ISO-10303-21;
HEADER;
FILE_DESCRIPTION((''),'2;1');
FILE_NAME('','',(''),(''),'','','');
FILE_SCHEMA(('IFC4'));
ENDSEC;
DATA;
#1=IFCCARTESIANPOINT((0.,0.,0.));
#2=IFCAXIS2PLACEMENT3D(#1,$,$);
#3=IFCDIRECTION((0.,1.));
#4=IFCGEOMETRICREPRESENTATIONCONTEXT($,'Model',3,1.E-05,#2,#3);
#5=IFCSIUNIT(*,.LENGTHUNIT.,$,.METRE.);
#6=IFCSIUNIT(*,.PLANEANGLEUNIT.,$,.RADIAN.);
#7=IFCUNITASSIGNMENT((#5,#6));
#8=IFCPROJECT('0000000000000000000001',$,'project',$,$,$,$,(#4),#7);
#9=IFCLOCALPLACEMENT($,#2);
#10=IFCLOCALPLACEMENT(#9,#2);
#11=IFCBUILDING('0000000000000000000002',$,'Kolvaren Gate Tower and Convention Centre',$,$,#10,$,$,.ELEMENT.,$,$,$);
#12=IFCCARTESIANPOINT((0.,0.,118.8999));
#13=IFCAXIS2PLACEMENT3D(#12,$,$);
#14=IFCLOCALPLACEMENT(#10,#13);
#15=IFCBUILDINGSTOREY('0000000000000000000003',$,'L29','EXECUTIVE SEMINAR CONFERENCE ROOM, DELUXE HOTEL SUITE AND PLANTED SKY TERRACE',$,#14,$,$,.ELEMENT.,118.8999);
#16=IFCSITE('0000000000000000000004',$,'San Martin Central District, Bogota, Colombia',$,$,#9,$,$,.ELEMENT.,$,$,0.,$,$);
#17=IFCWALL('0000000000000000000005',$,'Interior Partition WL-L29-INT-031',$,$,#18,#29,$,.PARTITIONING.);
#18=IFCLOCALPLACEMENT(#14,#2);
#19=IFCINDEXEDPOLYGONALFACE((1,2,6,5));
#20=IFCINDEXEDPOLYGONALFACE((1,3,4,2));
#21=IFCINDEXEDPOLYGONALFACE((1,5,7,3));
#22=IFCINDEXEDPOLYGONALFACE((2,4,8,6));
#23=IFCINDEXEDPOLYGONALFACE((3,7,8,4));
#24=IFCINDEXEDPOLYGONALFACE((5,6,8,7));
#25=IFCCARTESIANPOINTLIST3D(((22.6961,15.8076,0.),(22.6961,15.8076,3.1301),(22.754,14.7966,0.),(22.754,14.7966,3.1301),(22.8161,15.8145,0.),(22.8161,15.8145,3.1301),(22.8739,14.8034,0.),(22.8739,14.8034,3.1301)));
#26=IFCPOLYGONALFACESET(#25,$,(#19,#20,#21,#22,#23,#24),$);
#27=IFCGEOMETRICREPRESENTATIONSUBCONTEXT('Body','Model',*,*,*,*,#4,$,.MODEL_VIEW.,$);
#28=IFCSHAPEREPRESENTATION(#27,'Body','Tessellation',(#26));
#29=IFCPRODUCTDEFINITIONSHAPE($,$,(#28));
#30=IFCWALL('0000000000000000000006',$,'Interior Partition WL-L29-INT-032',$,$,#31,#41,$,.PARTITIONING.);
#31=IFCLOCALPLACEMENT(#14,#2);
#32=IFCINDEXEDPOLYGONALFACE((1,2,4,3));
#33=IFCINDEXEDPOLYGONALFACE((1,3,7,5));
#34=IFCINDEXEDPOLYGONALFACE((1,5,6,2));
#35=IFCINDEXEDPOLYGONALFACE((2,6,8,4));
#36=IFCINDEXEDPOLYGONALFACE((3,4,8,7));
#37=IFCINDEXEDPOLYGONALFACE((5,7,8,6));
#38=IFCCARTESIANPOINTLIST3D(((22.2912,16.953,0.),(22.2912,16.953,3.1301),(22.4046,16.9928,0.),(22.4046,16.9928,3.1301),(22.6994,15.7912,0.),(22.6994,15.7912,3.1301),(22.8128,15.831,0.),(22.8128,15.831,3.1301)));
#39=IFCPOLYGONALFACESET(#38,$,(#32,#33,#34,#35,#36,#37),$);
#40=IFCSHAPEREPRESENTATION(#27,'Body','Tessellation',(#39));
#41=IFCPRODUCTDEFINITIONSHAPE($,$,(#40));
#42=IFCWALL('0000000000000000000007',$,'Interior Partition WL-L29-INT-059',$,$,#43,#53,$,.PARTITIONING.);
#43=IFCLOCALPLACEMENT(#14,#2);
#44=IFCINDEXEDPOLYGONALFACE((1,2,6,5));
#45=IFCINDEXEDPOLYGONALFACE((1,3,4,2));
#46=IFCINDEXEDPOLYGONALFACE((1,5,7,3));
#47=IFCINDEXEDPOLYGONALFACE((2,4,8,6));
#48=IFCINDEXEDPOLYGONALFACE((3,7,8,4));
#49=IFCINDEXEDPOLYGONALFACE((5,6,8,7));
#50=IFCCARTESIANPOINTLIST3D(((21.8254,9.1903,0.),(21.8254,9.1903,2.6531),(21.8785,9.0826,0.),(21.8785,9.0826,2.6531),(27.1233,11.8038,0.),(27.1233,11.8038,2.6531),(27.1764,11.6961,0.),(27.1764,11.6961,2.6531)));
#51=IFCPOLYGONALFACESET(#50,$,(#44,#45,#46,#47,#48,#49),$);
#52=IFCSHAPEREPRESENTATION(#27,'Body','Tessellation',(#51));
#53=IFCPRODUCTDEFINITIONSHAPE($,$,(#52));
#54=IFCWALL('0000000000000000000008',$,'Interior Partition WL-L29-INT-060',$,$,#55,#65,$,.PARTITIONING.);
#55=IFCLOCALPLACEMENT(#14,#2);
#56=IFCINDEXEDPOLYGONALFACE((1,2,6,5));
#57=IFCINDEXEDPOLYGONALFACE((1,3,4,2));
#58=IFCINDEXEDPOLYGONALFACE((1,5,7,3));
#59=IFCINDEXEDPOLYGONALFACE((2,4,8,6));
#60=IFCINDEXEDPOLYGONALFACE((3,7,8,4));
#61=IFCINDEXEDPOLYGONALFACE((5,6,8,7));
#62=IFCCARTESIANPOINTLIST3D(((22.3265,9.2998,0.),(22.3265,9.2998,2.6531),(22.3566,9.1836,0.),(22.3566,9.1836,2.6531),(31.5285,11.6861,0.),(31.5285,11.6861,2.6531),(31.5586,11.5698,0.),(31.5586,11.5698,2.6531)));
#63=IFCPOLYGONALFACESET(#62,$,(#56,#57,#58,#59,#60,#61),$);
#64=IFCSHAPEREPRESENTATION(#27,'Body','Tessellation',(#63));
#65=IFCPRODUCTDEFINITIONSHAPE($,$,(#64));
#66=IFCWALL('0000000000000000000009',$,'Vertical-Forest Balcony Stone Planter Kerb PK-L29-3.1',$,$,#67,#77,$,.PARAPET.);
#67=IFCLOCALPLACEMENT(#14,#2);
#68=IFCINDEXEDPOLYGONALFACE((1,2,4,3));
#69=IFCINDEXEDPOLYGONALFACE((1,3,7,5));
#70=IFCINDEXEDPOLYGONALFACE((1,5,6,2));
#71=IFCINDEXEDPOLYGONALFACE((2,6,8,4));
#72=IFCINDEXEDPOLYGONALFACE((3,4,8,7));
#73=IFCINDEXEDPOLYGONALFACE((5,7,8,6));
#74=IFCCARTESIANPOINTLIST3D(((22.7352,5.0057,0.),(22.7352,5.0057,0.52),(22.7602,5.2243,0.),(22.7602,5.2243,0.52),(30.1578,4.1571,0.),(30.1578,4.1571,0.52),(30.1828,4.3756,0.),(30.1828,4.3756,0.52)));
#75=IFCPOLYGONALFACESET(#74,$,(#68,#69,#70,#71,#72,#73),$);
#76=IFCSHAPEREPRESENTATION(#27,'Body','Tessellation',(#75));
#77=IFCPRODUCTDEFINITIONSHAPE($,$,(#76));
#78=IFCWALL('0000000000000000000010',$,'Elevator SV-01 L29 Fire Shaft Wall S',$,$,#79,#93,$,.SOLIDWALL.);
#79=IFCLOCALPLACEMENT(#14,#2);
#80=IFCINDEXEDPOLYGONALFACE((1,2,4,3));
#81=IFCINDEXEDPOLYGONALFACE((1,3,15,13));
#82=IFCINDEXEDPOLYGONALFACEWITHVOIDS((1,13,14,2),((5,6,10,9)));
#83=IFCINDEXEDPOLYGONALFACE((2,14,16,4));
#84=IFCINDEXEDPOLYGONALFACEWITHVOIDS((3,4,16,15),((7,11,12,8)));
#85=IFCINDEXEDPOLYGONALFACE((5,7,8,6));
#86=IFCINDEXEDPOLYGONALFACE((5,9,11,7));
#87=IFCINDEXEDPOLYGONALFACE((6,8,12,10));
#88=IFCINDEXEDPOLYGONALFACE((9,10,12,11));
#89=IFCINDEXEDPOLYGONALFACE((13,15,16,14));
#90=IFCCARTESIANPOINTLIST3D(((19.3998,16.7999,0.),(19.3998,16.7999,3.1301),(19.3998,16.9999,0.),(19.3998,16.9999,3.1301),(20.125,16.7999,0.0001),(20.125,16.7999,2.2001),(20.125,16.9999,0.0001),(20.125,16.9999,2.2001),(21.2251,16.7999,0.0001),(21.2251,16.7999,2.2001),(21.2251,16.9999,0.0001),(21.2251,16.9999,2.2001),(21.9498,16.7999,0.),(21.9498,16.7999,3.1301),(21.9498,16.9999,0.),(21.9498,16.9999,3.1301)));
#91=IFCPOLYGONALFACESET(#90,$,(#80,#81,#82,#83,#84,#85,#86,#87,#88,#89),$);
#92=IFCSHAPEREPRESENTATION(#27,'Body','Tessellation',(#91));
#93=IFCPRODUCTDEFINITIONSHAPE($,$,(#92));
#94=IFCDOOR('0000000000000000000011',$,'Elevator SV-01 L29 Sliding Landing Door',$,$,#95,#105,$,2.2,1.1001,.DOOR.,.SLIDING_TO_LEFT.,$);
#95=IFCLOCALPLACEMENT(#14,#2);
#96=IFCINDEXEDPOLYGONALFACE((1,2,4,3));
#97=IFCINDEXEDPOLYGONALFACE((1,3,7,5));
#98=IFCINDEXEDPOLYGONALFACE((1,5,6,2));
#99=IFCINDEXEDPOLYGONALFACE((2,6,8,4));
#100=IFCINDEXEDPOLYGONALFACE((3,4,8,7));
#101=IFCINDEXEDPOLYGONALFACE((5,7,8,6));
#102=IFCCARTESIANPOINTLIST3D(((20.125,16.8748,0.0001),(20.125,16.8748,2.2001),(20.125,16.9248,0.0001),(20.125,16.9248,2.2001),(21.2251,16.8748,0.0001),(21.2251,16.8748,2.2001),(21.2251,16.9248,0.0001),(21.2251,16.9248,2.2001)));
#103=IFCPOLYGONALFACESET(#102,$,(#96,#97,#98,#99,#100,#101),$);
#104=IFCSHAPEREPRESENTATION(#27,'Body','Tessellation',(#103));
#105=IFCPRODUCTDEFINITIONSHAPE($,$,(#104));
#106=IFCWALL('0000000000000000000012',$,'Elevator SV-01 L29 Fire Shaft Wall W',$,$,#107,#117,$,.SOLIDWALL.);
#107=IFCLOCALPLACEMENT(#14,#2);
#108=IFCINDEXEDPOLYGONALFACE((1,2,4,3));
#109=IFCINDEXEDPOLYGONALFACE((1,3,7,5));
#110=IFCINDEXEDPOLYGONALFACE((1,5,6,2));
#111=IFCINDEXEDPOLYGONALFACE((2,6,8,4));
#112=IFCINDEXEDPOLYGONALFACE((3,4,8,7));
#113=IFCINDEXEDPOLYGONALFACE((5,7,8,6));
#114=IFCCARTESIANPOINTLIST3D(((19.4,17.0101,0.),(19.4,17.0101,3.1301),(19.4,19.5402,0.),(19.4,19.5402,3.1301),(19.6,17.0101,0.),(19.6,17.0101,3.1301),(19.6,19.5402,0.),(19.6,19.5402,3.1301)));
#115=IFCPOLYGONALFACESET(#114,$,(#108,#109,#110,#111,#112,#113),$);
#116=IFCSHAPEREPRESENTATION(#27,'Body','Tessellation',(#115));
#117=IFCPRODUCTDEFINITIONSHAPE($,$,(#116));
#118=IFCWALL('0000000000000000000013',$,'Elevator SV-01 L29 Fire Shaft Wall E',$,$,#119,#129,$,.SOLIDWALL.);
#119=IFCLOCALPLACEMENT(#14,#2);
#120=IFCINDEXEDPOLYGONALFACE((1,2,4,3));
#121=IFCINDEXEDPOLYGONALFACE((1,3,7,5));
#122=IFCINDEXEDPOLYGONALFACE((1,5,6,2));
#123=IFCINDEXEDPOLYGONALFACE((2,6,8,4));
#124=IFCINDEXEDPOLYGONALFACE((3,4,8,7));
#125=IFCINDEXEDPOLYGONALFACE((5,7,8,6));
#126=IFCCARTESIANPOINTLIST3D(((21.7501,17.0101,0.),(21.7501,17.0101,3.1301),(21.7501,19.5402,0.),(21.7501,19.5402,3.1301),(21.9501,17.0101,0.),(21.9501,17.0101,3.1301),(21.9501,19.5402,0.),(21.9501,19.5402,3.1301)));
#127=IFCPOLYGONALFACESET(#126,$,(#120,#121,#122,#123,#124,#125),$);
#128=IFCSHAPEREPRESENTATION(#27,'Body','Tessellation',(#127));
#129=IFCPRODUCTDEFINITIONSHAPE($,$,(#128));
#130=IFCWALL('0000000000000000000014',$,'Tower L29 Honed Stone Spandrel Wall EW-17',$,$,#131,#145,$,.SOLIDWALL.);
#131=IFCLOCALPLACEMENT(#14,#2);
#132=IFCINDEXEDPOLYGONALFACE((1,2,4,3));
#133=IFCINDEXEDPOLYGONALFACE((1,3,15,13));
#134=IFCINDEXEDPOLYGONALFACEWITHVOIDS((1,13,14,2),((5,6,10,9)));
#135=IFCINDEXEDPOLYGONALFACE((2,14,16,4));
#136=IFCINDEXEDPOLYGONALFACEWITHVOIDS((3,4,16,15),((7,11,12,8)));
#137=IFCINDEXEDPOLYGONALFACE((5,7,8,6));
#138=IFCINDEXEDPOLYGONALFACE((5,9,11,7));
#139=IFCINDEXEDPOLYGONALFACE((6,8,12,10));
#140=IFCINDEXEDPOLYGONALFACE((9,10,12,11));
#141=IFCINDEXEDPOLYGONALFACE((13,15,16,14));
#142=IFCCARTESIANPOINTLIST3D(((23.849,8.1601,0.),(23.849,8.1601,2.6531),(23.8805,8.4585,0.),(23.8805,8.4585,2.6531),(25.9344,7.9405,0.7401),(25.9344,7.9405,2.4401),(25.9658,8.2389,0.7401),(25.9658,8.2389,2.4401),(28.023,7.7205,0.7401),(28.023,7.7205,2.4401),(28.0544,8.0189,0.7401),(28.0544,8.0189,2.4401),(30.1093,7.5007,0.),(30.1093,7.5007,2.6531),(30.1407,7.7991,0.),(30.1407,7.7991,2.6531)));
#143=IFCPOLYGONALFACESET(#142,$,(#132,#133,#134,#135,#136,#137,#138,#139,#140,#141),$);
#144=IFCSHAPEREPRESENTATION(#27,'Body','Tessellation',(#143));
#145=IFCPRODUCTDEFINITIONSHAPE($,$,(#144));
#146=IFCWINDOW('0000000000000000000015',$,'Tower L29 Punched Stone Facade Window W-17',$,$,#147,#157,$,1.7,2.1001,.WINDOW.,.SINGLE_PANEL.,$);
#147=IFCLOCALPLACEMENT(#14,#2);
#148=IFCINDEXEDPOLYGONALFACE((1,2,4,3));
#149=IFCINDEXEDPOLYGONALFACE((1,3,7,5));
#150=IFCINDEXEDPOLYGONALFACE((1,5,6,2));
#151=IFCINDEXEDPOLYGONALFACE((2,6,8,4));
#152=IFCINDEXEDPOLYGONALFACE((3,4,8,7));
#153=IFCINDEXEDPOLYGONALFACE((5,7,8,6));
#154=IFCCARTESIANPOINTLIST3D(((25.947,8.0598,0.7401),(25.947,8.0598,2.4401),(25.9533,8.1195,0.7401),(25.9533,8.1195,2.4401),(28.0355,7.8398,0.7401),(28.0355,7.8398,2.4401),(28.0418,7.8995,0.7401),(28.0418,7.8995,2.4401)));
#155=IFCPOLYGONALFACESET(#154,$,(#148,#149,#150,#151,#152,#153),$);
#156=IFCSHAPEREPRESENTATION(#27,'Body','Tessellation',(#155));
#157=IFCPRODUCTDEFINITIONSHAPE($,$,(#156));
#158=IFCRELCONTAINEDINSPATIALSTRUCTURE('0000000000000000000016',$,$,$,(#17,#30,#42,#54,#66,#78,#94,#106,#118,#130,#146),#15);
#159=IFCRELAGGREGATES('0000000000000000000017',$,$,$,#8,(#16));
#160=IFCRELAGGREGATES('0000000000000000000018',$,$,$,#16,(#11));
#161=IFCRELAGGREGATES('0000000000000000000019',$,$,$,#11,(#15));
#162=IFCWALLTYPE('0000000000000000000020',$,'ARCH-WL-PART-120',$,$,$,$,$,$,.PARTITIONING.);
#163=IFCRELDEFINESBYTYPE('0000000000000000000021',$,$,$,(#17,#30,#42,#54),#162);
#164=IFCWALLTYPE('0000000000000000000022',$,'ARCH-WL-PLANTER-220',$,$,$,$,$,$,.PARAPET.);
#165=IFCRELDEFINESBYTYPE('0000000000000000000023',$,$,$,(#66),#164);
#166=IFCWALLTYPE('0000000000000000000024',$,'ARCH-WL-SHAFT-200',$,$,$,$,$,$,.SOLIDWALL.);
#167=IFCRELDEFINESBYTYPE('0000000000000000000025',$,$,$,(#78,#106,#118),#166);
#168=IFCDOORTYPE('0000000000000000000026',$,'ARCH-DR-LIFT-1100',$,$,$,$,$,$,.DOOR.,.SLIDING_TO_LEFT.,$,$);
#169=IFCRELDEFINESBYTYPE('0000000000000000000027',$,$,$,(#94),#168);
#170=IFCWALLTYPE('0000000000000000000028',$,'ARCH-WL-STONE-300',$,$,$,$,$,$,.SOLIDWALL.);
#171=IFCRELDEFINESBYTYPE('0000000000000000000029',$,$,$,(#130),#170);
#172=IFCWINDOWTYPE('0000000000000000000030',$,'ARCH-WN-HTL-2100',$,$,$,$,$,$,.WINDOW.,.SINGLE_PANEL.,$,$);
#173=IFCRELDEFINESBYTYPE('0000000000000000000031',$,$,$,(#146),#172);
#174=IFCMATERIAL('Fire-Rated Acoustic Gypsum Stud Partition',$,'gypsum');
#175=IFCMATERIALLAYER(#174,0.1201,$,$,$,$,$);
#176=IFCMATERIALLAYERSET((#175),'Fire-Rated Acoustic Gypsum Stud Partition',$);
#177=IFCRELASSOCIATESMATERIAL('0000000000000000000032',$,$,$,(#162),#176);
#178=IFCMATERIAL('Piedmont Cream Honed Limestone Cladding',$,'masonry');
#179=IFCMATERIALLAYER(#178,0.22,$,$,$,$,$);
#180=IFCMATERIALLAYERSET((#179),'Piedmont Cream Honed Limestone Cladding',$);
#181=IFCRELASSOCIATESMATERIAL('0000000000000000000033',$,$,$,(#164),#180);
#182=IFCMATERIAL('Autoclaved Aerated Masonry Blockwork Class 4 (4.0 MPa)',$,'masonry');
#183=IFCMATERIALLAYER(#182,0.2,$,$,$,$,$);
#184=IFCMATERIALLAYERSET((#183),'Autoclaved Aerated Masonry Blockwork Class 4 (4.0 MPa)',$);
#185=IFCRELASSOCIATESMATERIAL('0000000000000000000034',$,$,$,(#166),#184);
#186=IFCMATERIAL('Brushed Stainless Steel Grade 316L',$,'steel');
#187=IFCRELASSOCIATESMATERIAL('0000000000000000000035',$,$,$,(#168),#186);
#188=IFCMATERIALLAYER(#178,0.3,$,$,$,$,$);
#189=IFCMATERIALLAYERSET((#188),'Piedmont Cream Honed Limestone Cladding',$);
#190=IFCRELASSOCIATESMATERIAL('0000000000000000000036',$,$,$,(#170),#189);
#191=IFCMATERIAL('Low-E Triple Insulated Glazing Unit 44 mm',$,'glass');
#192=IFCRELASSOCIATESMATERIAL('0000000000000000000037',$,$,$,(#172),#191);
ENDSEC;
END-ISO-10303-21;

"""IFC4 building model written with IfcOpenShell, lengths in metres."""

from ifc_helpers import new_model, si_unit, direction, frame, frame_2d, origin, place, context, subcontext, project, spatial, rectangle, extrude, material, layer, layer_set, type_object, element, fill, save


model = new_model("IFC4")

# Units and contexts
model_context = context("Model", 3, precision=1e-05, world=origin(), true_north=direction((0.0, 1.0)))
body_context = subcontext(model_context, "Body", "Model", "MODEL_VIEW")
ifc_project = project(units=[si_unit("LENGTHUNIT", "METRE"), si_unit("PLANEANGLEUNIT", "RADIAN")], contexts=[model_context])

# Site, building, storey
site_placement = place(None, origin())
site = spatial("IfcSite", under=ifc_project, at=site_placement, Name="San Martin Central District, Bogota, Colombia", CompositionType="ELEMENT", RefElevation=0.0)
building_placement = place(site_placement, origin())
building = spatial("IfcBuilding", under=site, at=building_placement, Name="Kolvaren Gate Tower and Convention Centre", CompositionType="ELEMENT")
storey_placement = place(building_placement, frame((0.0, 0.0, 118.8999)))
storey = spatial("IfcBuildingStorey", under=building, at=storey_placement, Name="L29", Description="EXECUTIVE SEMINAR CONFERENCE ROOM, DELUXE HOTEL SUITE AND PLANTED SKY TERRACE", CompositionType="ELEMENT", Elevation=118.8999)

# Shared definitions
ifc_material_1 = material(Name="Fire-Rated Acoustic Gypsum Stud Partition", Category="gypsum")
ifc_layer_1 = layer(ifc_material_1, 0.1201)
ifc_layer_set_1 = layer_set([ifc_layer_1], Name="Fire-Rated Acoustic Gypsum Stud Partition")
wall_type_1 = type_object("IfcWallType", Name="ARCH-WL-PART-120", PredefinedType="PARTITIONING", material=ifc_layer_set_1)

# Walls
wall_1_placement = place(storey_placement, frame((22.7561, 15.811, 0.0), z_axis=(0.0, 0.0, 1.0), x_axis=(0.057139, -0.998366, 0.0)))
element("IfcWall", 1, at=wall_1_placement, inside=storey, type_object=wall_type_1, Name="Interior Partition WL-L29-INT-031", PredefinedType="PARTITIONING", context=body_context, shape_type="SweptSolid", body=[
    extrude(rectangle(XDim=1.0127, YDim=0.1201, at=frame_2d((0.5063, 0.0))), origin(), (0.0, 0.0, 1.0), 3.1301),
])
wall_2_placement = place(storey_placement, frame((22.3479, 16.9729, 0.0), z_axis=(0.0, 0.0, 1.0), x_axis=(0.331472, -0.943465, 0.0)))
element("IfcWall", 2, at=wall_2_placement, inside=storey, type_object=wall_type_1, Name="Interior Partition WL-L29-INT-032", PredefinedType="PARTITIONING", context=body_context, shape_type="SweptSolid", body=[
    extrude(rectangle(XDim=1.2314, YDim=0.1201, at=frame_2d((0.6157, 0.0))), origin(), (0.0, 0.0, 1.0), 3.1301),
])
wall_3_placement = place(storey_placement, frame((21.8521, 9.1365, 0.0), z_axis=(0.0, 0.0, 1.0), x_axis=(0.896811, 0.442413, 0.0)))
element("IfcWall", 3, at=wall_3_placement, inside=storey, type_object=wall_type_1, Name="Interior Partition WL-L29-INT-059", PredefinedType="PARTITIONING", context=body_context, shape_type="SweptSolid", body=[
    extrude(rectangle(XDim=5.9075, YDim=0.1201, at=frame_2d((2.9536, 0.0))), origin(), (0.0, 0.0, 1.0), 2.6531),
])
wall_4_placement = place(storey_placement, frame((22.3416, 9.2417, 0.0), z_axis=(0.0, 0.0, 1.0), x_axis=(0.967983, 0.251017, 0.0)))
element("IfcWall", 4, at=wall_4_placement, inside=storey, type_object=wall_type_1, Name="Interior Partition WL-L29-INT-060", PredefinedType="PARTITIONING", context=body_context, shape_type="SweptSolid", body=[
    extrude(rectangle(XDim=9.5063, YDim=0.1201, at=frame_2d((4.7532, 0.0))), origin(), (0.0, 0.0, 1.0), 2.6531),
])
ifc_material_2 = material(Name="Piedmont Cream Honed Limestone Cladding", Category="masonry")
ifc_layer_2 = layer(ifc_material_2, 0.22)
ifc_layer_set_2 = layer_set([ifc_layer_2], Name="Piedmont Cream Honed Limestone Cladding")
wall_type_2 = type_object("IfcWallType", Name="ARCH-WL-PLANTER-220", PredefinedType="PARAPET", material=ifc_layer_set_2)
wall_5_placement = place(storey_placement, frame((22.7478, 5.115, 0.0), z_axis=(0.0, 0.0, 1.0), x_axis=(0.993528, -0.113591, 0.0)))
element("IfcWall", 5, at=wall_5_placement, inside=storey, type_object=wall_type_2, Name="Vertical-Forest Balcony Stone Planter Kerb PK-L29-3.1", PredefinedType="PARAPET", context=body_context, shape_type="SweptSolid", body=[
    extrude(rectangle(XDim=7.4709, YDim=0.22, at=frame_2d((3.7354, 0.0))), origin(), (0.0, 0.0, 1.0), 0.52),
])

# Wall, opening, door
ifc_material_3 = material(Name="Autoclaved Aerated Masonry Blockwork Class 4 (4.0 MPa)", Category="masonry")
ifc_layer_3 = layer(ifc_material_3, 0.2)
ifc_layer_set_3 = layer_set([ifc_layer_3], Name="Autoclaved Aerated Masonry Blockwork Class 4 (4.0 MPa)")
wall_type_3 = type_object("IfcWallType", Name="ARCH-WL-SHAFT-200", PredefinedType="SOLIDWALL", material=ifc_layer_set_3)
wall_6_placement = place(storey_placement, frame((19.3999, 16.8999, 0.0), z_axis=(0.0, 0.0, 1.0), x_axis=(1.0, 0.0, 0.0)))
wall_6 = element("IfcWall", 6, at=wall_6_placement, inside=storey, type_object=wall_type_3, Name="Elevator SV-01 L29 Fire Shaft Wall S", PredefinedType="SOLIDWALL", context=body_context, shape_type="SweptSolid", body=[
    extrude(rectangle(XDim=2.55, YDim=0.2, at=frame_2d((1.2749, 0.0))), origin(), (0.0, 0.0, 1.0), 3.1301),
])
opening_1_placement = place(wall_6_placement, frame((0.7251, 0.0, 0.0)))
opening_1 = element("IfcOpeningElement", 7, at=opening_1_placement, cuts=wall_6, PredefinedType="OPENING", context=body_context, shape_type="SweptSolid", body=[
    extrude(rectangle(XDim=1.1001, YDim=2.2, at=frame_2d((0.55, 1.1001))), frame((0.0, 0.1099, 0.0), z_axis=(0.0, -1.0, 0.0), x_axis=(1.0, 0.0, 0.0)), (0.0, 0.0, 1.0), 0.22),
])
ifc_material_4 = material(Name="Brushed Stainless Steel Grade 316L", Category="steel")
door_type_1 = type_object("IfcDoorType", Name="ARCH-DR-LIFT-1100", OperationType="SLIDING_TO_LEFT", PredefinedType="DOOR", material=ifc_material_4)
door_1_placement = place(opening_1_placement, origin())
door_1 = element("IfcDoor", 8, at=door_1_placement, inside=storey, type_object=door_type_1, Name="Elevator SV-01 L29 Sliding Landing Door", OperationType="SLIDING_TO_LEFT", OverallHeight=2.2, OverallWidth=1.1001, PredefinedType="DOOR", context=body_context, shape_type="SweptSolid", body=[
    extrude(rectangle(XDim=1.1001, YDim=2.2, at=frame_2d((0.55, 1.1001))), frame((0.0, 0.0249, 0.0), z_axis=(0.0, -1.0, 0.0), x_axis=(1.0, 0.0, 0.0)), (0.0, 0.0, 1.0), 0.05),
])
fill(opening_1, door_1)

# Walls
for number, where, z_axis, x_axis, name in (
    (9, (19.5, 17.01, 0.0), (0.0, 0.0, 1.0), (0.0, 1.0, 0.0), "Elevator SV-01 L29 Fire Shaft Wall W"),
    (10, (21.8501, 17.01, 0.0), (0.0, 0.0, 1.0), (0.0, 1.0, 0.0), "Elevator SV-01 L29 Fire Shaft Wall E"),
):
    element("IfcWall", number, at=place(storey_placement, frame(where, z_axis=z_axis, x_axis=x_axis)), inside=storey, type_object=wall_type_3, Name=name, PredefinedType="SOLIDWALL", context=body_context, shape_type="SweptSolid", body=[
        extrude(rectangle(XDim=2.53, YDim=0.2, at=frame_2d((1.2651, 0.0))), origin(), (0.0, 0.0, 1.0), 3.1301),
    ])

# Wall, opening, window
ifc_layer_4 = layer(ifc_material_2, 0.3)
ifc_layer_set_4 = layer_set([ifc_layer_4], Name="Piedmont Cream Honed Limestone Cladding")
wall_type_4 = type_object("IfcWallType", Name="ARCH-WL-STONE-300", PredefinedType="SOLIDWALL", material=ifc_layer_set_4)
wall_7_placement = place(storey_placement, frame((23.8647, 8.3093, 0.0), z_axis=(0.0, 0.0, 1.0), x_axis=(0.994498, -0.104755, 0.0)))
wall_7 = element("IfcWall", 11, at=wall_7_placement, inside=storey, type_object=wall_type_4, Name="Tower L29 Honed Stone Spandrel Wall EW-17", PredefinedType="SOLIDWALL", context=body_context, shape_type="SweptSolid", body=[
    extrude(rectangle(XDim=6.2949, YDim=0.3, at=frame_2d((3.1475, 0.0))), origin(), (0.0, 0.0, 1.0), 2.6531),
])
opening_2_placement = place(wall_7_placement, frame((2.0969, 0.0, 0.74)))
opening_2 = element("IfcOpeningElement", 12, at=opening_2_placement, cuts=wall_7, PredefinedType="OPENING", context=body_context, shape_type="SweptSolid", body=[
    extrude(rectangle(XDim=2.1001, YDim=1.7, at=frame_2d((1.05, 0.8501))), frame((0.0, 0.1599, 0.0), z_axis=(0.0, -1.0, 0.0), x_axis=(1.0, 0.0, 0.0)), (0.0, 0.0, 1.0), 0.3201),
])
ifc_material_5 = material(Name="Low-E Triple Insulated Glazing Unit 44 mm", Category="glass")
window_type = type_object("IfcWindowType", Name="ARCH-WN-HTL-2100", PartitioningType="SINGLE_PANEL", PredefinedType="WINDOW", material=ifc_material_5)
window_placement = place(opening_2_placement, origin())
window = element("IfcWindow", 13, at=window_placement, inside=storey, type_object=window_type, Name="Tower L29 Punched Stone Facade Window W-17", OverallHeight=1.7, OverallWidth=2.1001, PartitioningType="SINGLE_PANEL", PredefinedType="WINDOW", context=body_context, shape_type="SweptSolid", body=[
    extrude(rectangle(XDim=2.1001, YDim=1.7, at=frame_2d((1.05, 0.8501))), frame((0.0, 0.03, 0.0), z_axis=(0.0, -1.0, 0.0), x_axis=(1.0, 0.0, 0.0)), (0.0, 0.0, 1.0), 0.0601),
])
fill(opening_2, window)

save(model, "model.ifc")
